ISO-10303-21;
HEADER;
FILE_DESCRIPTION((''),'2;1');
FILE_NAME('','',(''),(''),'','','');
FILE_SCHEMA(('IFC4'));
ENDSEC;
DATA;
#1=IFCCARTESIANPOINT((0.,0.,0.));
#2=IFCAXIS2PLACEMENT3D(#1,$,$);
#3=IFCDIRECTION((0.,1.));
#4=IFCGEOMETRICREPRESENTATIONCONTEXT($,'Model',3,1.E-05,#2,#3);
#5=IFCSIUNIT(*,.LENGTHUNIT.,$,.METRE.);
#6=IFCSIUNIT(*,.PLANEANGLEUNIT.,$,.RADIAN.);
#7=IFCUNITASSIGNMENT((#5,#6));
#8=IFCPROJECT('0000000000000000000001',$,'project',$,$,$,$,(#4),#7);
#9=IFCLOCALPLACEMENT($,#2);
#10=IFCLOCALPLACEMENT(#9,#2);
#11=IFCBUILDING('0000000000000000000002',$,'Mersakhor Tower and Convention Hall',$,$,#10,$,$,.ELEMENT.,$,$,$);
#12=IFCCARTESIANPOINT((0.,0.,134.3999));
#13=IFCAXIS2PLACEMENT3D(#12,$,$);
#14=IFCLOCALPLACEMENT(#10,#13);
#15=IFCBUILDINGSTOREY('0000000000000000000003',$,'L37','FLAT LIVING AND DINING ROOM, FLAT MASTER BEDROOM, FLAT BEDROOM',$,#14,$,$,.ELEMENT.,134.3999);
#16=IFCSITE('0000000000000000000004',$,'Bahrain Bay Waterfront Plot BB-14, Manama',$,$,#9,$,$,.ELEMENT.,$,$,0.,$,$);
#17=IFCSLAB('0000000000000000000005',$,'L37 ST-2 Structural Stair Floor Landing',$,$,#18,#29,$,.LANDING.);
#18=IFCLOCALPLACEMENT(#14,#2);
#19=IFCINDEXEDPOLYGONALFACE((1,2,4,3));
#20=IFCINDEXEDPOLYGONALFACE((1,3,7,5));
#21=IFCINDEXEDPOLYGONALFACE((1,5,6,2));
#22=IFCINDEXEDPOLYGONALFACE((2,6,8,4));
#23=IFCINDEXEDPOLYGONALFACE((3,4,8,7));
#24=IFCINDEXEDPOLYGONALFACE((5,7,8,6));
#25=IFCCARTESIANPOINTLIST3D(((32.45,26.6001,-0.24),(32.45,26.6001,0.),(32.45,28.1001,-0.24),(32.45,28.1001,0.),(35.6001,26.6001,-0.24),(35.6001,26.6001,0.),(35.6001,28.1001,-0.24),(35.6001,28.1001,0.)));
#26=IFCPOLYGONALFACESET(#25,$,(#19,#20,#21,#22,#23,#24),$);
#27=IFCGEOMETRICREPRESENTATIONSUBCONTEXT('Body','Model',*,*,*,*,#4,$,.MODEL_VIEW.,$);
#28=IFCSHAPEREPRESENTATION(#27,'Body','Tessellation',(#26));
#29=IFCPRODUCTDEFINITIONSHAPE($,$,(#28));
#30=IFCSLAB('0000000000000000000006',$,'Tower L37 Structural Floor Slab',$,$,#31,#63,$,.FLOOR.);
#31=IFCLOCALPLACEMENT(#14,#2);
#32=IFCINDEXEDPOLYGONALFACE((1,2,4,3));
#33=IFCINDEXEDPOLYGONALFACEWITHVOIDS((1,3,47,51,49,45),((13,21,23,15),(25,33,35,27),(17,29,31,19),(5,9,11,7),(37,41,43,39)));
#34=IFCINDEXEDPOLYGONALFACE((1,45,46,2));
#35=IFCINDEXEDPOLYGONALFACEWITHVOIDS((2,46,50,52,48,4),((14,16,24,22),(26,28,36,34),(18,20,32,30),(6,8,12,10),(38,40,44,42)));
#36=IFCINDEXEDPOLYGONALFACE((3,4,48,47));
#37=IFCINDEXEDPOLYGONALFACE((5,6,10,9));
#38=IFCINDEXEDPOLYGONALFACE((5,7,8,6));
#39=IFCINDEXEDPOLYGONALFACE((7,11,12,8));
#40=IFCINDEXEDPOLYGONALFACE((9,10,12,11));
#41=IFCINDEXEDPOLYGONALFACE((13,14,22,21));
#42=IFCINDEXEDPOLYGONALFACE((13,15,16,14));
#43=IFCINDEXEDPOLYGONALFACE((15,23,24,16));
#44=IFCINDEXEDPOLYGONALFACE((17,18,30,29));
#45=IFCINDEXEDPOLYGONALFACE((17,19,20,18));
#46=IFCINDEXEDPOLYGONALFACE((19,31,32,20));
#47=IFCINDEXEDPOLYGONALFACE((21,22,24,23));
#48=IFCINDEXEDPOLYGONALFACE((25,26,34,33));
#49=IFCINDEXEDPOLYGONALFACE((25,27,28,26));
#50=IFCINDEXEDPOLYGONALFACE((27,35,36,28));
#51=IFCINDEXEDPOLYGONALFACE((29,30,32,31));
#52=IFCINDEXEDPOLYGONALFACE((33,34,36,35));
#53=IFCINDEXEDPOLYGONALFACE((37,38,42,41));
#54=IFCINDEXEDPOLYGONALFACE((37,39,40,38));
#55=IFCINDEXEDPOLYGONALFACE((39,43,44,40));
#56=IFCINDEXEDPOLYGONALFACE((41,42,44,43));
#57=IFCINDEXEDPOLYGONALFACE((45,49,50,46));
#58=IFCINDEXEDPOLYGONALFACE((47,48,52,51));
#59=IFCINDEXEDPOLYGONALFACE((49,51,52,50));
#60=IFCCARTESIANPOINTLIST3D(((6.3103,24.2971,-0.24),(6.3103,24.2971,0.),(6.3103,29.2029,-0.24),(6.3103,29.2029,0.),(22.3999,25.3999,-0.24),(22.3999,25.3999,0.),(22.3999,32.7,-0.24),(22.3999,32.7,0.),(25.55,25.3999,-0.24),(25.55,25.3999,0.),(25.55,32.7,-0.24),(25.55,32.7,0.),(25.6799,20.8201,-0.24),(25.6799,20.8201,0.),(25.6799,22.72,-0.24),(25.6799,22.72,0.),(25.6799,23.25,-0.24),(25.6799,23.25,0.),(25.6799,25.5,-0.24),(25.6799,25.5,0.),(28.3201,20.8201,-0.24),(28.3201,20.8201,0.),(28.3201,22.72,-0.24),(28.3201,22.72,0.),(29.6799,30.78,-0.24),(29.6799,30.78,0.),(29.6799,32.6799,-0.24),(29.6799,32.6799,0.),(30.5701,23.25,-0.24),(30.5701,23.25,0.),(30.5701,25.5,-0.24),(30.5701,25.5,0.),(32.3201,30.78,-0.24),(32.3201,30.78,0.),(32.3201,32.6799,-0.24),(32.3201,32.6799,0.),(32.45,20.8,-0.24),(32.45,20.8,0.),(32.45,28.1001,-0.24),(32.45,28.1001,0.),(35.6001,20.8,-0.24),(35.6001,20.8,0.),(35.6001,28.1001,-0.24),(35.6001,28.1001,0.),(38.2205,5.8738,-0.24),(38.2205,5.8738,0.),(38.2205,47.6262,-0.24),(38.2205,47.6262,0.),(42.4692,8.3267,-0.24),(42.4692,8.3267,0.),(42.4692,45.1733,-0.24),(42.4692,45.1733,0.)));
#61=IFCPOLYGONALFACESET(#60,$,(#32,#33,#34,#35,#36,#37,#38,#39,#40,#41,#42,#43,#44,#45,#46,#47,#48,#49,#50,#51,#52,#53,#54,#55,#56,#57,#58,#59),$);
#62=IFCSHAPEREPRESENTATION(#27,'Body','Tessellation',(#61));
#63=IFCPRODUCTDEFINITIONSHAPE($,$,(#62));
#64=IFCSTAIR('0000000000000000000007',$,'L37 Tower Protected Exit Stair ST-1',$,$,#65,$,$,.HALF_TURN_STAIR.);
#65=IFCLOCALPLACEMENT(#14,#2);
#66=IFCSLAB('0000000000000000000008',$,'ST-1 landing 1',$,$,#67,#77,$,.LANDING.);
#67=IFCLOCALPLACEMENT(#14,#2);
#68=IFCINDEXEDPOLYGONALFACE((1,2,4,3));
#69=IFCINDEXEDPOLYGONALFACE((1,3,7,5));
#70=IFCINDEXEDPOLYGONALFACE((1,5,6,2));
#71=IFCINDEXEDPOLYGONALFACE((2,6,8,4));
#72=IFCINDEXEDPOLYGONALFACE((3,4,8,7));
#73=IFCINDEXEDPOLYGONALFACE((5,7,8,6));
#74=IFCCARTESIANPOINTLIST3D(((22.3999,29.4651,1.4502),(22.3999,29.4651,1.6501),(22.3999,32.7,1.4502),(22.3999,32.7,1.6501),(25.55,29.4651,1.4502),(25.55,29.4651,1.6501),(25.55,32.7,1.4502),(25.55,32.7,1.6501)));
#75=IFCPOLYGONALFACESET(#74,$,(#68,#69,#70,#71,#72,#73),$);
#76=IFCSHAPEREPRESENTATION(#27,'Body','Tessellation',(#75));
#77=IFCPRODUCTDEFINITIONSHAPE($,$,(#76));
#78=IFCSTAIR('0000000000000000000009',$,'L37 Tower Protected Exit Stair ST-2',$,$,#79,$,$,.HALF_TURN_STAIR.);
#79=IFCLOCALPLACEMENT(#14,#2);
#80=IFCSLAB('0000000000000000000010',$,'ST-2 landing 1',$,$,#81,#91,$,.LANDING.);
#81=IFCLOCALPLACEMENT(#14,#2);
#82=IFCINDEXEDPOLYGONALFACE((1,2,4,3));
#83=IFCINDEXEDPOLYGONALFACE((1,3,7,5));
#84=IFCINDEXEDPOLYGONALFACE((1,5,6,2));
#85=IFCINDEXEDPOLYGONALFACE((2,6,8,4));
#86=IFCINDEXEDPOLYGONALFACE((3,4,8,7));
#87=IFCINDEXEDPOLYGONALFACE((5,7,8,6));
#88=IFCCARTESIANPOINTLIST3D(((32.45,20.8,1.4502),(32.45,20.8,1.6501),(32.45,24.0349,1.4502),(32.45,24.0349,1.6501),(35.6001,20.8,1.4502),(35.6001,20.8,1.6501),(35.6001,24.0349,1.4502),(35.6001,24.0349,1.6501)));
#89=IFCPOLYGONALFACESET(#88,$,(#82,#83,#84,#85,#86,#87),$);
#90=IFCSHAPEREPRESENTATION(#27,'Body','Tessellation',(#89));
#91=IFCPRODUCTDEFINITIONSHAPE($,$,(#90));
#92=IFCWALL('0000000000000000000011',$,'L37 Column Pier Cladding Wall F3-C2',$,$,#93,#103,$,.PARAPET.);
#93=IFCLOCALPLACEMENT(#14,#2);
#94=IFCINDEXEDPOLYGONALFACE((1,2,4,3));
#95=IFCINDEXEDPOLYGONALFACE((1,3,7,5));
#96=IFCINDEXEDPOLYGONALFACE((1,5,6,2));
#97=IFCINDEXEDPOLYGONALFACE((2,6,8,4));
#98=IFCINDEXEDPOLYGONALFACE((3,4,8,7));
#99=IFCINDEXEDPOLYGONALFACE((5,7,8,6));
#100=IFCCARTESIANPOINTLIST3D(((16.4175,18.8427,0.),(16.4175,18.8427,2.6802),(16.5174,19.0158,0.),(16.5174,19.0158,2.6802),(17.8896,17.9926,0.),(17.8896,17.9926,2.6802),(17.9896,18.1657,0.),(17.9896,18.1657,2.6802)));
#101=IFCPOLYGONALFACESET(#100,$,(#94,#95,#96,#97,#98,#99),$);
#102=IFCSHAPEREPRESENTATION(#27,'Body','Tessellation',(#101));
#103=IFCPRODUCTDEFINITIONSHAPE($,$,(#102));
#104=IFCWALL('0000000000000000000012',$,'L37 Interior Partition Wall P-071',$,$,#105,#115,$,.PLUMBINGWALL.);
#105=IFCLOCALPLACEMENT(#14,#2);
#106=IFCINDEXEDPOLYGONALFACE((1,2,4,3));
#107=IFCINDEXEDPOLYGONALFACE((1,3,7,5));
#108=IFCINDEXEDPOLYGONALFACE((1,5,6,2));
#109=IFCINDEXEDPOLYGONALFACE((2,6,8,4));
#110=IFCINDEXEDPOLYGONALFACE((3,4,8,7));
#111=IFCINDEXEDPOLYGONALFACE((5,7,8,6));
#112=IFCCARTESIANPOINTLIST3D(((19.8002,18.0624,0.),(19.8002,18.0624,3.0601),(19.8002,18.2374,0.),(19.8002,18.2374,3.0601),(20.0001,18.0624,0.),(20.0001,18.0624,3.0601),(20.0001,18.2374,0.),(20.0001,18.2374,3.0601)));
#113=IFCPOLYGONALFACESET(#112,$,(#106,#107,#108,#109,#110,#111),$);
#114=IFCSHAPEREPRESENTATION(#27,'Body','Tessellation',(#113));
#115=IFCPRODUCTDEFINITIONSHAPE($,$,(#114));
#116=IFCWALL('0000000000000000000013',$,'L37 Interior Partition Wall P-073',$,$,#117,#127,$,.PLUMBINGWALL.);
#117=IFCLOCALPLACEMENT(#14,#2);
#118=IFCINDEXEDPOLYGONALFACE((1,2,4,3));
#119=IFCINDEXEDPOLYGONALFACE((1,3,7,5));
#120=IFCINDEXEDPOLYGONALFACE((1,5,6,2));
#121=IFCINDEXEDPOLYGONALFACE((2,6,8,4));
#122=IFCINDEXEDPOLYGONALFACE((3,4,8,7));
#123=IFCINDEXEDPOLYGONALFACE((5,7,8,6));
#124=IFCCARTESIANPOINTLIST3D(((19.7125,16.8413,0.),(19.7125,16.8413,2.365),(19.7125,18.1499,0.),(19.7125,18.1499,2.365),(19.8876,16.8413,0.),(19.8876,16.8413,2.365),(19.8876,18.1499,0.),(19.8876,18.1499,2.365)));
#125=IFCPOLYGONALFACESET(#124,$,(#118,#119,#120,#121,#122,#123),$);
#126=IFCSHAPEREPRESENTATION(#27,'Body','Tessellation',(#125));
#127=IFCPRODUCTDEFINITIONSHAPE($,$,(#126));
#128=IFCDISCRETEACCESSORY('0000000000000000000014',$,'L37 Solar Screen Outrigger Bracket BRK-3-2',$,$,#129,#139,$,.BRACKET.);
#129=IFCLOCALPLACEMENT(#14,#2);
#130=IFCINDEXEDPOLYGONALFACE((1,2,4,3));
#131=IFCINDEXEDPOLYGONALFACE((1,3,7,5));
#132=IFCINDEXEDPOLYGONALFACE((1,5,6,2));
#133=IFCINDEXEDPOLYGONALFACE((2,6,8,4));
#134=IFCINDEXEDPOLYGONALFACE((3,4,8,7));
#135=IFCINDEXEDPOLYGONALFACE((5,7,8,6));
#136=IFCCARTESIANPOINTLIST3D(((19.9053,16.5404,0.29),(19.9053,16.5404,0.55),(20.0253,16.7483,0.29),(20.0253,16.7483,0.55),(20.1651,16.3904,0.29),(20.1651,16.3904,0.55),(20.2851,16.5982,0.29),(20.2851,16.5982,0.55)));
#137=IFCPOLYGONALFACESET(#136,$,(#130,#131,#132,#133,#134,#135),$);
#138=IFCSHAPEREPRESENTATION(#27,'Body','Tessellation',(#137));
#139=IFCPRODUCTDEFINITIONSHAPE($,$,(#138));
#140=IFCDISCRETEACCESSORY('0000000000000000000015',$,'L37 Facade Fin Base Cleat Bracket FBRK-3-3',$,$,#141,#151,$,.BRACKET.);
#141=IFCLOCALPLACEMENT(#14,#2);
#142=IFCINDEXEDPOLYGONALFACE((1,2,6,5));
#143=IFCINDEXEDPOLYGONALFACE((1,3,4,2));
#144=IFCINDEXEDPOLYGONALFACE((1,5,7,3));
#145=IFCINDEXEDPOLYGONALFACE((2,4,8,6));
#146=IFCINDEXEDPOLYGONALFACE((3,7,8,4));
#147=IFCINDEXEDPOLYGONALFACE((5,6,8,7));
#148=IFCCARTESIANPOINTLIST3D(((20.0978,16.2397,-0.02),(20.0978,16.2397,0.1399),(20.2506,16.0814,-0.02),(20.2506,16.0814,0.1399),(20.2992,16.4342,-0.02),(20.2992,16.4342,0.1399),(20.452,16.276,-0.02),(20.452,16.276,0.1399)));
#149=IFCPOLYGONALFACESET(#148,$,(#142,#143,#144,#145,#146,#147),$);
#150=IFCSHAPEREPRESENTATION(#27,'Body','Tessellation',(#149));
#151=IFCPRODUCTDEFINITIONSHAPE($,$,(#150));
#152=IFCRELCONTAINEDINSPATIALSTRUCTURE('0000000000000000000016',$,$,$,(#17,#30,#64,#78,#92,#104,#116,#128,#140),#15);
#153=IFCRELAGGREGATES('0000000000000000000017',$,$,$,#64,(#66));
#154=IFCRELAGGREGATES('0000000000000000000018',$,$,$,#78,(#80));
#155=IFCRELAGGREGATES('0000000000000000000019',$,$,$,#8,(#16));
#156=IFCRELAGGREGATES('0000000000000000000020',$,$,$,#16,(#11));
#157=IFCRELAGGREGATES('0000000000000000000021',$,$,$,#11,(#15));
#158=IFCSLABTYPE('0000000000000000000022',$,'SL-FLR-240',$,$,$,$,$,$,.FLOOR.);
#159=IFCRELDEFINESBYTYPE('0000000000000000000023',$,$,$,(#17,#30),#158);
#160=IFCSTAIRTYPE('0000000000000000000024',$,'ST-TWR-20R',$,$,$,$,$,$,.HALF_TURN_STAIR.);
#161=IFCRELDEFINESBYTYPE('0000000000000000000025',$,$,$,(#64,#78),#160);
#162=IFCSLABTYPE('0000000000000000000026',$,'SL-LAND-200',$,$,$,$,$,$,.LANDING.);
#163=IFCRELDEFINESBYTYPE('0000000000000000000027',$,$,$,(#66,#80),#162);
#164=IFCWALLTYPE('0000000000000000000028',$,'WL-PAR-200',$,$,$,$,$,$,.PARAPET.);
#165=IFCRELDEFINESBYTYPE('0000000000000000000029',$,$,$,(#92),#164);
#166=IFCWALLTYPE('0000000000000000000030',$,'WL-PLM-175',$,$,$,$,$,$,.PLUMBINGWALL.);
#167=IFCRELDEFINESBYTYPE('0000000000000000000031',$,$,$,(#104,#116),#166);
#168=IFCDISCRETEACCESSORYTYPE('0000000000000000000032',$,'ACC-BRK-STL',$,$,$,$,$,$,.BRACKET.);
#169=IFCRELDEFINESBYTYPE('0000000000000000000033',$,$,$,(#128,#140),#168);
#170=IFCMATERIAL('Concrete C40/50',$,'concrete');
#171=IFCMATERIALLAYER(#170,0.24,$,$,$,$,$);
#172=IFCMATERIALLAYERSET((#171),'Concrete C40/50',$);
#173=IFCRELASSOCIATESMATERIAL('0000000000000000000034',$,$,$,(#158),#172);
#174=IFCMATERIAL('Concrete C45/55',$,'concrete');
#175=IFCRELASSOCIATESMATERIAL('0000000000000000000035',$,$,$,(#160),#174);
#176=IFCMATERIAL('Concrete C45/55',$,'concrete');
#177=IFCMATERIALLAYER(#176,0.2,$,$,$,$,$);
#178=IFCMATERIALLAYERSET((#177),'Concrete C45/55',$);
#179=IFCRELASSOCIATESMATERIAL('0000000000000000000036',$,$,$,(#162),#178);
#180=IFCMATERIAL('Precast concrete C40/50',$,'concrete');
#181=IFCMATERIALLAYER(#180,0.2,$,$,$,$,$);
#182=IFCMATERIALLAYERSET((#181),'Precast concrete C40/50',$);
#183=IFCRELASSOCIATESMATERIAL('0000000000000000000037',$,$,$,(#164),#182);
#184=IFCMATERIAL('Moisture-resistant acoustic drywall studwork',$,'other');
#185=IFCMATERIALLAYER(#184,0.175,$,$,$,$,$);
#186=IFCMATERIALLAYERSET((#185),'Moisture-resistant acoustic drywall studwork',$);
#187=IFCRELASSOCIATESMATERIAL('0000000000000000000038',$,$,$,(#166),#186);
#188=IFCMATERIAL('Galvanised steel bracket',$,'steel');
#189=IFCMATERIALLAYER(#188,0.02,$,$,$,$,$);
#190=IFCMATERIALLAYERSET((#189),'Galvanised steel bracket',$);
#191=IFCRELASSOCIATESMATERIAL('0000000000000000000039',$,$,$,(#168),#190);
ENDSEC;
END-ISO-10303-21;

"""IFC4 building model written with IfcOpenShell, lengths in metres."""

from ifc_helpers import new_model, si_unit, direction, frame, frame_2d, origin, origin_2d, place, context, subcontext, project, spatial, polyline, rectangle, outline, extrude, material, layer, layer_set, type_object, element, aggregate, save


model = new_model("IFC4")

# Units and contexts
model_context = context("Model", 3, precision=1e-05, world=origin(), true_north=direction((0.0, 1.0)))
body_context = subcontext(model_context, "Body", "Model", "MODEL_VIEW")
ifc_project = project(units=[si_unit("LENGTHUNIT", "METRE"), si_unit("PLANEANGLEUNIT", "RADIAN")], contexts=[model_context])

# Site, building, storey
site_placement = place(None, origin())
site = spatial("IfcSite", under=ifc_project, at=site_placement, Name="Bahrain Bay Waterfront Plot BB-14, Manama", CompositionType="ELEMENT", RefElevation=0.0)
building_placement = place(site_placement, origin())
building = spatial("IfcBuilding", under=site, at=building_placement, Name="Mersakhor Tower and Convention Hall", CompositionType="ELEMENT")
storey_placement = place(building_placement, frame((0.0, 0.0, 134.3999)))
storey = spatial("IfcBuildingStorey", under=building, at=storey_placement, Name="L37", Description="FLAT LIVING AND DINING ROOM, FLAT MASTER BEDROOM, FLAT BEDROOM", CompositionType="ELEMENT", Elevation=134.3999)

# Slabs
ifc_material_1 = material(Name="Concrete C40/50", Category="concrete")
ifc_layer_1 = layer(ifc_material_1, 0.24)
ifc_layer_set_1 = layer_set([ifc_layer_1], Name="Concrete C40/50")
slab_type_1 = type_object("IfcSlabType", Name="SL-FLR-240", PredefinedType="FLOOR", material=ifc_layer_set_1)
slab_1_placement = place(storey_placement, frame((0.0, 0.0, -0.24)))
element("IfcSlab", 1, at=slab_1_placement, inside=storey, type_object=slab_type_1, Name="L37 ST-2 Structural Stair Floor Landing", PredefinedType="LANDING", context=body_context, shape_type="SweptSolid", body=[
    extrude(outline(polyline([(32.45, 28.1001), (32.45, 26.6001), (35.6001, 26.6001), (35.6001, 28.1001), (32.45, 28.1001)])), origin(), (0.0, 0.0, 1.0), 0.24),
])
slab_2_placement = place(storey_placement, frame((0.0, 0.0, -0.24)))
element("IfcSlab", 2, at=slab_2_placement, inside=storey, type_object=slab_type_1, Name="Tower L37 Structural Floor Slab", PredefinedType="FLOOR", context=body_context, shape_type="SweptSolid", body=[
    extrude(outline(polyline([(6.3103, 29.2029), (38.2205, 47.6262), (42.4692, 45.1733), (42.4692, 8.3267), (38.2205, 5.8738), (6.3103, 24.2971), (6.3103, 29.2029)]), holes=[polyline([(25.55, 25.3999), (25.55, 32.7), (22.3999, 32.7), (22.3999, 25.3999), (25.55, 25.3999)]), polyline([(32.45, 28.1001), (32.45, 20.8), (35.6001, 20.8), (35.6001, 28.1001), (32.45, 28.1001)]), polyline([(25.6799, 20.8201), (25.6799, 22.72), (28.3201, 22.72), (28.3201, 20.8201), (25.6799, 20.8201)]), polyline([(29.6799, 30.78), (29.6799, 32.6799), (32.3201, 32.6799), (32.3201, 30.78), (29.6799, 30.78)]), polyline([(25.6799, 23.25), (25.6799, 25.5), (30.5701, 25.5), (30.5701, 23.25), (25.6799, 23.25)])]), origin(), (0.0, 0.0, 1.0), 0.24),
])

# Stairs, slabs
ifc_material_2 = material(Name="Concrete C45/55", Category="concrete")
stair_type = type_object("IfcStairType", Name="ST-TWR-20R", PredefinedType="HALF_TURN_STAIR", material=ifc_material_2)
stair_1_placement = place(storey_placement, origin())
stair_1 = element("IfcStair", 3, at=stair_1_placement, inside=storey, type_object=stair_type, Name="L37 Tower Protected Exit Stair ST-1", PredefinedType="HALF_TURN_STAIR")
ifc_material_3 = material(Name="Concrete C45/55", Category="concrete")
ifc_layer_2 = layer(ifc_material_3, 0.2)
ifc_layer_set_2 = layer_set([ifc_layer_2], Name="Concrete C45/55")
slab_type_2 = type_object("IfcSlabType", Name="SL-LAND-200", PredefinedType="LANDING", material=ifc_layer_set_2)
slab_3_placement = place(storey_placement, frame((0.0, 0.0, 1.4502)))
slab_3 = element("IfcSlab", 4, at=slab_3_placement, type_object=slab_type_2, Name="ST-1 landing 1", PredefinedType="LANDING", context=body_context, shape_type="SweptSolid", body=[
    extrude(outline(polyline([(25.55, 29.4651), (25.55, 32.7), (22.3999, 32.7), (22.3999, 29.4651), (25.55, 29.4651)])), origin(), (0.0, 0.0, 1.0), 0.2),
])
aggregate(stair_1, [slab_3])
stair_2_placement = place(storey_placement, origin())
stair_2 = element("IfcStair", 5, at=stair_2_placement, inside=storey, type_object=stair_type, Name="L37 Tower Protected Exit Stair ST-2", PredefinedType="HALF_TURN_STAIR")
slab_4_placement = place(storey_placement, frame((0.0, 0.0, 1.4502)))
slab_4 = element("IfcSlab", 6, at=slab_4_placement, type_object=slab_type_2, Name="ST-2 landing 1", PredefinedType="LANDING", context=body_context, shape_type="SweptSolid", body=[
    extrude(outline(polyline([(32.45, 24.0349), (32.45, 20.8), (35.6001, 20.8), (35.6001, 24.0349), (32.45, 24.0349)])), origin(), (0.0, 0.0, 1.0), 0.2),
])
aggregate(stair_2, [slab_4])

# Walls
ifc_material_4 = material(Name="Precast concrete C40/50", Category="concrete")
ifc_layer_3 = layer(ifc_material_4, 0.2)
ifc_layer_set_3 = layer_set([ifc_layer_3], Name="Precast concrete C40/50")
wall_type_1 = type_object("IfcWallType", Name="WL-PAR-200", PredefinedType="PARAPET", material=ifc_layer_set_3)
wall_1_placement = place(storey_placement, frame((17.9397, 18.0791, 0.0), z_axis=(0.0, 0.0, 1.0), x_axis=(-0.865989, 0.500062, 0.0)))
element("IfcWall", 7, at=wall_1_placement, inside=storey, type_object=wall_type_1, Name="L37 Column Pier Cladding Wall F3-C2", PredefinedType="PARAPET", context=body_context, shape_type="SweptSolid", body=[
    extrude(rectangle(XDim=1.7, YDim=0.2, at=frame_2d((0.8501, 0.0))), origin(), (0.0, 0.0, 1.0), 2.6802),
])
ifc_material_5 = material(Name="Moisture-resistant acoustic drywall studwork", Category="other")
ifc_layer_4 = layer(ifc_material_5, 0.175)
ifc_layer_set_4 = layer_set([ifc_layer_4], Name="Moisture-resistant acoustic drywall studwork")
wall_type_2 = type_object("IfcWallType", Name="WL-PLM-175", PredefinedType="PLUMBINGWALL", material=ifc_layer_set_4)
wall_2_placement = place(storey_placement, frame((19.8, 18.1499, 0.0), z_axis=(0.0, 0.0, 1.0), x_axis=(1.0, 0.0, 0.0)))
element("IfcWall", 8, at=wall_2_placement, inside=storey, type_object=wall_type_2, Name="L37 Interior Partition Wall P-071", PredefinedType="PLUMBINGWALL", context=body_context, shape_type="SweptSolid", body=[
    extrude(rectangle(XDim=0.2, YDim=0.175, at=frame_2d((0.1001, 0.0))), origin(), (0.0, 0.0, 1.0), 3.0601),
])
wall_3_placement = place(storey_placement, frame((19.8, 16.8413, 0.0), z_axis=(0.0, 0.0, 1.0), x_axis=(0.0, 1.0, 0.0)))
element("IfcWall", 9, at=wall_3_placement, inside=storey, type_object=wall_type_2, Name="L37 Interior Partition Wall P-073", PredefinedType="PLUMBINGWALL", context=body_context, shape_type="SweptSolid", body=[
    extrude(rectangle(XDim=1.3086, YDim=0.175, at=frame_2d((0.6543, 0.0))), origin(), (0.0, 0.0, 1.0), 2.365),
])

# Discrete accessories
ifc_material_6 = material(Name="Galvanised steel bracket", Category="steel")
ifc_layer_5 = layer(ifc_material_6, 0.02)
ifc_layer_set_5 = layer_set([ifc_layer_5], Name="Galvanised steel bracket")
discrete_accessory_type = type_object("IfcDiscreteAccessoryType", Name="ACC-BRK-STL", PredefinedType="BRACKET", material=ifc_layer_set_5)
discrete_accessory_1_placement = place(storey_placement, frame((20.0952, 16.5693, 0.29), z_axis=(0.0, 0.0, 1.0), x_axis=(-0.866025, 0.5, 0.0)))
element("IfcDiscreteAccessory", 10, at=discrete_accessory_1_placement, inside=storey, type_object=discrete_accessory_type, Name="L37 Solar Screen Outrigger Bracket BRK-3-2", PredefinedType="BRACKET", context=body_context, shape_type="SweptSolid", body=[
    extrude(rectangle(XDim=0.3, YDim=0.24, at=origin_2d()), origin(), (0.0, 0.0, 1.0), 0.26),
])
discrete_accessory_2_placement = place(storey_placement, frame((20.2749, 16.2578, -0.02), z_axis=(0.0, 0.0, 1.0), x_axis=(-0.71934, -0.694658, 0.0)))
element("IfcDiscreteAccessory", 11, at=discrete_accessory_2_placement, inside=storey, type_object=discrete_accessory_type, Name="L37 Facade Fin Base Cleat Bracket FBRK-3-3", PredefinedType="BRACKET", context=body_context, shape_type="SweptSolid", body=[
    extrude(rectangle(XDim=0.28, YDim=0.22, at=origin_2d()), origin(), (0.0, 0.0, 1.0), 0.1599),
])

save(model, "model.ifc")
